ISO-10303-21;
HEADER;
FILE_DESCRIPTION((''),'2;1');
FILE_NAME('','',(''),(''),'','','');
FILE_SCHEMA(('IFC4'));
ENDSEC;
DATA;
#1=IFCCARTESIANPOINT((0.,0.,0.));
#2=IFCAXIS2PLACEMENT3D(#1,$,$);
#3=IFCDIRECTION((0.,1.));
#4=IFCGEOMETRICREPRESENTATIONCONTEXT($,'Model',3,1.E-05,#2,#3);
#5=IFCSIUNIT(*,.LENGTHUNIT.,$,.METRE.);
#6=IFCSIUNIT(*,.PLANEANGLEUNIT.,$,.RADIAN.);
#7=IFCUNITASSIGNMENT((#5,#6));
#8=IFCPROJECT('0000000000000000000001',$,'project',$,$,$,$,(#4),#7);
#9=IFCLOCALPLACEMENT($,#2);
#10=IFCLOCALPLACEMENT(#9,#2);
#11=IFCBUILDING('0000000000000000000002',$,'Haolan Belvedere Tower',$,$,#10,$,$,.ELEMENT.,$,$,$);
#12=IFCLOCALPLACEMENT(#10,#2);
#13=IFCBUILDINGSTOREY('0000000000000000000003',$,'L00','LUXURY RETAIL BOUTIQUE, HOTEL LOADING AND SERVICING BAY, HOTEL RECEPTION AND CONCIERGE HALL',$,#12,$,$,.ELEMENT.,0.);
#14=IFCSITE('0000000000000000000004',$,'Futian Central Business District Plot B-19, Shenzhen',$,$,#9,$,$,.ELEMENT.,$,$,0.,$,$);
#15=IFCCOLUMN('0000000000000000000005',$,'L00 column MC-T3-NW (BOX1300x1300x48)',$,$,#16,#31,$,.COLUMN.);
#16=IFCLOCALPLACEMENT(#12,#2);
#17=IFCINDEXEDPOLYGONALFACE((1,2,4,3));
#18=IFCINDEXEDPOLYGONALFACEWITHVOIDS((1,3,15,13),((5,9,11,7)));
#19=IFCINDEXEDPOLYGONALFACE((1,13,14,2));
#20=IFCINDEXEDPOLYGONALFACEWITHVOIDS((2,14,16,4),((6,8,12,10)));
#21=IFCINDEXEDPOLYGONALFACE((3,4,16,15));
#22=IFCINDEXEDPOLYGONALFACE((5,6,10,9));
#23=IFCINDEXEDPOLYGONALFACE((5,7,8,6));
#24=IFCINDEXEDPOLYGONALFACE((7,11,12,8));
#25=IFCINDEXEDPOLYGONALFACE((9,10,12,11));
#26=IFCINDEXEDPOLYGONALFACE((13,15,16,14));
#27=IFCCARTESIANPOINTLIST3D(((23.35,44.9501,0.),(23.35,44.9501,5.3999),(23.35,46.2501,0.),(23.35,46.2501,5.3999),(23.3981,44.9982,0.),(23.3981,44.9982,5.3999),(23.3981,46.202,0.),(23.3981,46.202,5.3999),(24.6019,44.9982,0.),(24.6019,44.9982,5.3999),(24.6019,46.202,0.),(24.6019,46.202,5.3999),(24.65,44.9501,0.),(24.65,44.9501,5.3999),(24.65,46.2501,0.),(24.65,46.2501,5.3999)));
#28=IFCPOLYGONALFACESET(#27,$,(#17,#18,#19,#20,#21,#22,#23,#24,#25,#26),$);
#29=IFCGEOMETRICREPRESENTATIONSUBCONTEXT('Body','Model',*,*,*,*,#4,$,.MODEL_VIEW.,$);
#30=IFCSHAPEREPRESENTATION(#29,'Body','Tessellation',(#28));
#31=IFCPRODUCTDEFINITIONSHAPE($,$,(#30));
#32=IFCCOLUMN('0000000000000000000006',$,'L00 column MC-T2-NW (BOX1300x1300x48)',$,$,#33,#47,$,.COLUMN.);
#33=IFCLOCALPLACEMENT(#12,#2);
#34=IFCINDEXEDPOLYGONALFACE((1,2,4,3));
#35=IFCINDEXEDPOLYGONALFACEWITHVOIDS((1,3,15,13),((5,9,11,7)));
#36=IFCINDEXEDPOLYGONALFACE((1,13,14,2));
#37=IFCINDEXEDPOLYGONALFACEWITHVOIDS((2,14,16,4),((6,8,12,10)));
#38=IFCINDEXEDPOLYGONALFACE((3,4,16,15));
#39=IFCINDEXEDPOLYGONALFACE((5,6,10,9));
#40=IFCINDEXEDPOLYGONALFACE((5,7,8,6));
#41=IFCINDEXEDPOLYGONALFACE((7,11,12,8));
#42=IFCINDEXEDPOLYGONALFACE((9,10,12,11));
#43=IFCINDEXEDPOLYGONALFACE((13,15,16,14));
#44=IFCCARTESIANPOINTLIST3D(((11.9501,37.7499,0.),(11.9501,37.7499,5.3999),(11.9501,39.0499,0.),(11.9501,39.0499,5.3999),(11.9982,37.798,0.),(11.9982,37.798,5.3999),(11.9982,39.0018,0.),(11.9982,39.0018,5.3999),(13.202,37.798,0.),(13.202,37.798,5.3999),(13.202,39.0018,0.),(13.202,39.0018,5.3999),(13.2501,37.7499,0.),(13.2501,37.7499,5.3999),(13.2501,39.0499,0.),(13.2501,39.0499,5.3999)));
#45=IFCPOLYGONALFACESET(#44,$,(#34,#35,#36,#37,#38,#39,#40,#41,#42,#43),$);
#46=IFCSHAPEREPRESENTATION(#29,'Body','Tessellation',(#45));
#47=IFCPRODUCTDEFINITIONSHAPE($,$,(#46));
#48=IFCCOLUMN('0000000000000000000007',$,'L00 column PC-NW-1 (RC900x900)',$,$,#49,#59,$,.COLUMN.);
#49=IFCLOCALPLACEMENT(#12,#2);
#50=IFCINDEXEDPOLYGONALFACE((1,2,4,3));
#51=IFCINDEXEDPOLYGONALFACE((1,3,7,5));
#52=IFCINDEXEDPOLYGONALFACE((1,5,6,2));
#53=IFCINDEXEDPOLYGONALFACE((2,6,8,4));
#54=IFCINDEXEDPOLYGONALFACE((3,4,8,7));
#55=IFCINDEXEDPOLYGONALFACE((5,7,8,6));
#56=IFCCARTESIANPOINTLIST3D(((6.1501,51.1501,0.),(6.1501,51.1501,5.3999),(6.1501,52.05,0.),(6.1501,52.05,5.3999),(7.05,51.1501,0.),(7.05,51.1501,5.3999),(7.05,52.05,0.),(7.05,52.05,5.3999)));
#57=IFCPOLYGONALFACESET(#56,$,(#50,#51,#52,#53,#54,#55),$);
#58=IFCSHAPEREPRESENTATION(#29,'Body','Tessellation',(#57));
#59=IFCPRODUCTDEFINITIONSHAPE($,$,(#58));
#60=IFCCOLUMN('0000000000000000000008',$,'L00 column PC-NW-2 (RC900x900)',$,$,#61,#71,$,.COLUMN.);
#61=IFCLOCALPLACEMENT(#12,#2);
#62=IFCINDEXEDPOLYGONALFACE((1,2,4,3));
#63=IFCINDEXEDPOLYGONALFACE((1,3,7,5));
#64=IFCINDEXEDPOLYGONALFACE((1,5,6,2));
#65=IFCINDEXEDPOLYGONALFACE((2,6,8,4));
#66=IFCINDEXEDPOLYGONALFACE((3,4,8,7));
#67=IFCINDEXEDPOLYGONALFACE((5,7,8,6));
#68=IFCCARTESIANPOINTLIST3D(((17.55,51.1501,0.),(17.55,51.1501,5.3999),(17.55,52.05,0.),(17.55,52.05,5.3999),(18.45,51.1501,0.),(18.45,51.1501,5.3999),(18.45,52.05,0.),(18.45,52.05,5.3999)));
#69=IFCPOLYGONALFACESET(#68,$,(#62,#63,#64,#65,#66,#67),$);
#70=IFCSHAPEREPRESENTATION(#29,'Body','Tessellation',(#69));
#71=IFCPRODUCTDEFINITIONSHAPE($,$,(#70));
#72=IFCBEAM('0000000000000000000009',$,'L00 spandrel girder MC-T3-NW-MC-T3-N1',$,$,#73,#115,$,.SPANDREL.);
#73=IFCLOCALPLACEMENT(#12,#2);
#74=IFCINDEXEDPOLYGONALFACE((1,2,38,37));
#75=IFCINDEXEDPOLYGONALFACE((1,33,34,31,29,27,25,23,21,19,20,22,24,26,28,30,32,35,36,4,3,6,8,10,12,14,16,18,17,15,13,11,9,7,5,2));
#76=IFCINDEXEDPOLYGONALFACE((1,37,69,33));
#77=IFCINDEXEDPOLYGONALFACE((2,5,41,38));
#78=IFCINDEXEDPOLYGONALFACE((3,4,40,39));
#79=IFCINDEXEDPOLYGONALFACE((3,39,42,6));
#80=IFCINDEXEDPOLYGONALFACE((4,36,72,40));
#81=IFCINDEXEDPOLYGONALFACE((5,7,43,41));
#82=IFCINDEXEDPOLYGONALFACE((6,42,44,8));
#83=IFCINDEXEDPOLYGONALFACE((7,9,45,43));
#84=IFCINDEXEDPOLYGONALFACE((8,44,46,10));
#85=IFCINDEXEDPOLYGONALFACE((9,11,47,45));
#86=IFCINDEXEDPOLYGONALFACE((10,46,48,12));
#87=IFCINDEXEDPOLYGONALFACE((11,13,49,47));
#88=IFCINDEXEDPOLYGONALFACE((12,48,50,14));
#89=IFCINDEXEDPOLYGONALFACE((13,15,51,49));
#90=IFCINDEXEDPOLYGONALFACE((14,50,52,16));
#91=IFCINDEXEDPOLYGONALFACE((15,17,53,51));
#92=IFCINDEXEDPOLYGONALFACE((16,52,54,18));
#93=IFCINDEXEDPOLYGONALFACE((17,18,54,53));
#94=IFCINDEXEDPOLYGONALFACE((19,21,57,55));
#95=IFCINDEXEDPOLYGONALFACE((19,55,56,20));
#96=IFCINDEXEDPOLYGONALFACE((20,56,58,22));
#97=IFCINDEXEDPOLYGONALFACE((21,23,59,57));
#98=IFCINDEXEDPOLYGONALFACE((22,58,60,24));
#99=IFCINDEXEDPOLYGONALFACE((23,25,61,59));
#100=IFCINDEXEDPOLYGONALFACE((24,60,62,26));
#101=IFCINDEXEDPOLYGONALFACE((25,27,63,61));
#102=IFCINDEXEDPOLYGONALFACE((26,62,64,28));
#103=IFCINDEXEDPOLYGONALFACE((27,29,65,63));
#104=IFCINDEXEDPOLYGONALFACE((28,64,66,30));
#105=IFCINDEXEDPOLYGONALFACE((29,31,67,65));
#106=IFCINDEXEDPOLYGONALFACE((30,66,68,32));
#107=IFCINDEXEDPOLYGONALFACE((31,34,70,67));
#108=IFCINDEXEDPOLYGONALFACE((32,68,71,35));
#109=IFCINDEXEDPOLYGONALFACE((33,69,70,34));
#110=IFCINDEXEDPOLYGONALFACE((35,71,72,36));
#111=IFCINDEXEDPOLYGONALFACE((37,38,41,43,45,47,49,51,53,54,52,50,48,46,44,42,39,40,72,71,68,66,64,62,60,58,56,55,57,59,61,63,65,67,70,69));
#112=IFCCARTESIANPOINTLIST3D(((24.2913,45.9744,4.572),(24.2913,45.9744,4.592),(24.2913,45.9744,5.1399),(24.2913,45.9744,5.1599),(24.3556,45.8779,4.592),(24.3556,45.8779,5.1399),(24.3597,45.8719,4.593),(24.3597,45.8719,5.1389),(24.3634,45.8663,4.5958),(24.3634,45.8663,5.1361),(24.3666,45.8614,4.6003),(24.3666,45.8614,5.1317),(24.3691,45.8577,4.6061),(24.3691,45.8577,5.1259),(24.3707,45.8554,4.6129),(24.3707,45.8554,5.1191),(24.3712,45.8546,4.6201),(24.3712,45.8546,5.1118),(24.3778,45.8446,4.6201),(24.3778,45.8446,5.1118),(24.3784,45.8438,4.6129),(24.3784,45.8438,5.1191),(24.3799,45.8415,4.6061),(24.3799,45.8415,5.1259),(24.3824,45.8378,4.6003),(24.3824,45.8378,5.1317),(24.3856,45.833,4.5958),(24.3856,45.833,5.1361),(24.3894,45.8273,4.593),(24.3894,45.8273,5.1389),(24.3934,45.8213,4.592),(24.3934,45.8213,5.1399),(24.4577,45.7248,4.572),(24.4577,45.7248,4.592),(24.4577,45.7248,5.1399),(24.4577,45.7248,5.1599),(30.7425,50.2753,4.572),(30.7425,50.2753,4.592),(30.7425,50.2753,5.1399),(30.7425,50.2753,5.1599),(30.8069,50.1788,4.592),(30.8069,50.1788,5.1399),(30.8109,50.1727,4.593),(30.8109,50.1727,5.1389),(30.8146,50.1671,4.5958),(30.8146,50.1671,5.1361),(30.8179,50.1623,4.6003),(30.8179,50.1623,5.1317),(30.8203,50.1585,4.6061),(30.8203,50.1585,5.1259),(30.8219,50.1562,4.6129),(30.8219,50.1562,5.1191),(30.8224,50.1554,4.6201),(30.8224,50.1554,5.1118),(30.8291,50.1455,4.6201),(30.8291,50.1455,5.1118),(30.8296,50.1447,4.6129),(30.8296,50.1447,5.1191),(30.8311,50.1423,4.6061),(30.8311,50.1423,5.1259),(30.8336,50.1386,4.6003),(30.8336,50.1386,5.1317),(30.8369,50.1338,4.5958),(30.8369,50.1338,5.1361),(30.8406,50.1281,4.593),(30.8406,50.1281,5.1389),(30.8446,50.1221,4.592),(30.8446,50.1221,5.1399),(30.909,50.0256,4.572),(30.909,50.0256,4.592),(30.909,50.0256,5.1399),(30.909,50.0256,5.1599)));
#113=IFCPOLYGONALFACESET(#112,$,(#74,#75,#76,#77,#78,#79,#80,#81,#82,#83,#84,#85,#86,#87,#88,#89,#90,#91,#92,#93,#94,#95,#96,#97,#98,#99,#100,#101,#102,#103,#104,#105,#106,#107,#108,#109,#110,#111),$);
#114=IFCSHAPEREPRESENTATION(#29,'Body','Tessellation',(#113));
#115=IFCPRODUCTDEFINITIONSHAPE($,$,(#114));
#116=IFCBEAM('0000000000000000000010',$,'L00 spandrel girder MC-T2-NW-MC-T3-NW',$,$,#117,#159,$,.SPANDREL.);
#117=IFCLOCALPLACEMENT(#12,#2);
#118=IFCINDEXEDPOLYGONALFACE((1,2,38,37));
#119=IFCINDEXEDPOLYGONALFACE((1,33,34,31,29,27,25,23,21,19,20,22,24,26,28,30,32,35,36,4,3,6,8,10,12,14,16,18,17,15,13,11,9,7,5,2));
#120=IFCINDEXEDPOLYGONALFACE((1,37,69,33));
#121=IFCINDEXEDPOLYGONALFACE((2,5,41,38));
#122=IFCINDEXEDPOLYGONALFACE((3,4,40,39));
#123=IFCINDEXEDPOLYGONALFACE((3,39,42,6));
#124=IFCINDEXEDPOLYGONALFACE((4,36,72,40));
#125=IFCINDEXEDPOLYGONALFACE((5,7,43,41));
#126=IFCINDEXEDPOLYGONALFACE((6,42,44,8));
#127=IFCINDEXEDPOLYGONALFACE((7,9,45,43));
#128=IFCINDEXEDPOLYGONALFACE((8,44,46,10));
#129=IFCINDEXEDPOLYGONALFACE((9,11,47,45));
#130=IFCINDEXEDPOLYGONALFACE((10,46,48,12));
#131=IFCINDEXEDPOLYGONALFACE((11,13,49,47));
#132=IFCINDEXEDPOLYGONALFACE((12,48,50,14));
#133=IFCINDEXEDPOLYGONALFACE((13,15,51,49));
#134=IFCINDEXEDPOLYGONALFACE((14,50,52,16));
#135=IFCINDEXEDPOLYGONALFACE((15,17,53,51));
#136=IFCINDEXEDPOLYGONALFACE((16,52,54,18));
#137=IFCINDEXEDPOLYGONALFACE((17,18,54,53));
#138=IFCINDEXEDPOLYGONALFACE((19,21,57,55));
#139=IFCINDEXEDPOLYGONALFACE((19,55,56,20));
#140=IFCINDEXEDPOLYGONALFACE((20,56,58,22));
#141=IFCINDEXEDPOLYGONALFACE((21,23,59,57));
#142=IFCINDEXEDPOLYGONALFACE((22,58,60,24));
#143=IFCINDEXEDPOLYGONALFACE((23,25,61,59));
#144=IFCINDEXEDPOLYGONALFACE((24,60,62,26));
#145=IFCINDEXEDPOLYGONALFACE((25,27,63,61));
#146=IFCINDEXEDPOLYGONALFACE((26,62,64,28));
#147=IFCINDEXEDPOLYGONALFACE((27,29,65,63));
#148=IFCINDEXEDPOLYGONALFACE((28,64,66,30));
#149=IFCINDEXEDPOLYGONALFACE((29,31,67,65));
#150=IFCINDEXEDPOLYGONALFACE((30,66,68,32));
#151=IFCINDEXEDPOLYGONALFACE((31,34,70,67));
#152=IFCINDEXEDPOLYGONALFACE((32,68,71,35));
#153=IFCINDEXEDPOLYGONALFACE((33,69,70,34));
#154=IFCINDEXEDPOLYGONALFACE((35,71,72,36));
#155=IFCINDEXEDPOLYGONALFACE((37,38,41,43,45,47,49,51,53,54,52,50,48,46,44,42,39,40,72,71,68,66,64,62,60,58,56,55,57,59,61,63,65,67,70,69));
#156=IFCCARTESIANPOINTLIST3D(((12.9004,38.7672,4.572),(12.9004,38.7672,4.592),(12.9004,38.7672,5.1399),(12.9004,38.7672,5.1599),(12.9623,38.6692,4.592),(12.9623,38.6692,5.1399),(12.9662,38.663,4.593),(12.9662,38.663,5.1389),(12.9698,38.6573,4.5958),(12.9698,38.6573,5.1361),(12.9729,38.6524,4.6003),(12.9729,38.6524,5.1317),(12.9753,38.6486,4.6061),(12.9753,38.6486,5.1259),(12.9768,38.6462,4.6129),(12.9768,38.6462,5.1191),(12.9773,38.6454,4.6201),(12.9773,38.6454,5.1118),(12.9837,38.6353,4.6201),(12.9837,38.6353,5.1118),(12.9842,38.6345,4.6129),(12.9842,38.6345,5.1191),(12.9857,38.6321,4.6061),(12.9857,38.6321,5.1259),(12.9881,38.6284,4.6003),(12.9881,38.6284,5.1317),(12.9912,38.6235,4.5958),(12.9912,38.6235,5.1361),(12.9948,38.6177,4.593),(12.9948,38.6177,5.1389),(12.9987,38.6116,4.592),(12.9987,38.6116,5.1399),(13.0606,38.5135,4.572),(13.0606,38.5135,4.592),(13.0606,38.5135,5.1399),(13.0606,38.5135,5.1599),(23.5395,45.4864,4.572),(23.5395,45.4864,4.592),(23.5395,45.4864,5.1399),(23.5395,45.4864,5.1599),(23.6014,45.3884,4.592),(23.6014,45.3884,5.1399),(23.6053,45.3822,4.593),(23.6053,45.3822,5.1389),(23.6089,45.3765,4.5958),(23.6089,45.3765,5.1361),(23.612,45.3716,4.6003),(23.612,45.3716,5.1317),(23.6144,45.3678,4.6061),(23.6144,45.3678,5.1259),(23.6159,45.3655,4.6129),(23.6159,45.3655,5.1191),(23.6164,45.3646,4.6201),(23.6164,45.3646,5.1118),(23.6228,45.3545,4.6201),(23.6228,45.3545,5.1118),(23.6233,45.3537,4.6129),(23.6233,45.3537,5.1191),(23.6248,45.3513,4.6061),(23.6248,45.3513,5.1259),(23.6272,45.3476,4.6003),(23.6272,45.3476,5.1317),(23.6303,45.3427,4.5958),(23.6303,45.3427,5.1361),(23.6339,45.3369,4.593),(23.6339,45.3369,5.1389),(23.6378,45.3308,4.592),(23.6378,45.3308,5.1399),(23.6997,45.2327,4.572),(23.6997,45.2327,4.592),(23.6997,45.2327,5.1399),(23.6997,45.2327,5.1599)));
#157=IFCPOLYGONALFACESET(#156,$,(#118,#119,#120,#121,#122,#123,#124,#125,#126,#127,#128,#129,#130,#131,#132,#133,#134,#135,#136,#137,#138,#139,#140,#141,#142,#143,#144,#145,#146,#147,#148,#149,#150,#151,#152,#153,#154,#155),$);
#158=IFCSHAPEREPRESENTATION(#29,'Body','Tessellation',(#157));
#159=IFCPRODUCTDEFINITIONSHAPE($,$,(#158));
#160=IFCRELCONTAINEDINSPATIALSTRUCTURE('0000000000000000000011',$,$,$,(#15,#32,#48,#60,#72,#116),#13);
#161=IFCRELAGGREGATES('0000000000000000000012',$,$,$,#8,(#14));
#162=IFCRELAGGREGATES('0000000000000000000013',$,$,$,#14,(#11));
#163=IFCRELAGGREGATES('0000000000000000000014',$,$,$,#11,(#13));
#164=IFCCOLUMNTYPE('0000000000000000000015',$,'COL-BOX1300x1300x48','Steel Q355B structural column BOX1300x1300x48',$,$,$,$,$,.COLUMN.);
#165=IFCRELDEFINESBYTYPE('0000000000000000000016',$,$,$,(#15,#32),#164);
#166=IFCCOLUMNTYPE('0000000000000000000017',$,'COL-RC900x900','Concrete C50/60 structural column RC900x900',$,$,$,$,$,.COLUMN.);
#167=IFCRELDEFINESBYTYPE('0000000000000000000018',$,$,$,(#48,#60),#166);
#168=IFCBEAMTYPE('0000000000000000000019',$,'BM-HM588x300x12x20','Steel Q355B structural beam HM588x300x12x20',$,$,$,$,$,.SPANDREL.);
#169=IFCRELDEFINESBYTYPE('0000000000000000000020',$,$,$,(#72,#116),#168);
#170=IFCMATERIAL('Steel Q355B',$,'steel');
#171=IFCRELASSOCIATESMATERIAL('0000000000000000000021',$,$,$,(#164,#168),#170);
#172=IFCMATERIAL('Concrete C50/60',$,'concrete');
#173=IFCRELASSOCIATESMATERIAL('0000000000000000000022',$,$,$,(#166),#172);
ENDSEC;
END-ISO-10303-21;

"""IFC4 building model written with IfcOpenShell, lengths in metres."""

from ifc_helpers import new_model, si_unit, direction, frame, origin, origin_2d, place, context, subcontext, project, spatial, rectangle, hollow_rectangle, i_section, extrude, material, material_profile, profile_set, type_object, element, save


model = new_model("IFC4")

# Units and contexts
model_context = context("Model", 3, precision=1e-05, world=origin(), true_north=direction((0.0, 1.0)))
body_context = subcontext(model_context, "Body", "Model", "MODEL_VIEW")
ifc_project = project(units=[si_unit("LENGTHUNIT", "METRE"), si_unit("PLANEANGLEUNIT", "RADIAN")], contexts=[model_context])

# Site, building, storey
site_placement = place(None, origin())
site = spatial("IfcSite", under=ifc_project, at=site_placement, Name="Futian Central Business District Plot B-19, Shenzhen", CompositionType="ELEMENT", RefElevation=0.0)
building_placement = place(site_placement, origin())
building = spatial("IfcBuilding", under=site, at=building_placement, Name="Haolan Belvedere Tower", CompositionType="ELEMENT")
storey_placement = place(building_placement, origin())
storey = spatial("IfcBuildingStorey", under=building, at=storey_placement, Name="L00", Description="LUXURY RETAIL BOUTIQUE, HOTEL LOADING AND SERVICING BAY, HOTEL RECEPTION AND CONCIERGE HALL", CompositionType="ELEMENT", Elevation=0.0)

# Columns
ifc_material_1 = material(Name="Steel Q355B", Category="steel")
ifc_material_profile_1 = material_profile(ifc_material_1, hollow_rectangle(XDim=1.3, YDim=1.3, WallThickness=0.0481, at=origin_2d()), Name="Steel Q355B")
ifc_profile_set_1 = profile_set([ifc_material_profile_1], Name="Steel Q355B")
column_type_1 = type_object("IfcColumnType", Name="COL-BOX1300x1300x48", Description="Steel Q355B structural column BOX1300x1300x48", PredefinedType="COLUMN", material=ifc_profile_set_1)
for number, where, z_axis, x_axis, name in (
    (1, (24.0, 45.6001, 0.0), (0.0, 0.0, 1.0), (1.0, 0.0, 0.0), "L00 column MC-T3-NW (BOX1300x1300x48)"),
    (2, (12.6001, 38.3999, 0.0), (0.0, 0.0, 1.0), (1.0, 0.0, 0.0), "L00 column MC-T2-NW (BOX1300x1300x48)"),
):
    element("IfcColumn", number, at=place(storey_placement, frame(where, z_axis=z_axis, x_axis=x_axis)), inside=storey, type_object=column_type_1, Name=name, PredefinedType="COLUMN", context=body_context, shape_type="SweptSolid", body=[
        extrude(hollow_rectangle(XDim=1.3, YDim=1.3, WallThickness=0.0481, at=origin_2d()), origin(), (0.0, 0.0, 1.0), 5.3999),
    ])
ifc_material_2 = material(Name="Concrete C50/60", Category="concrete")
ifc_material_profile_2 = material_profile(ifc_material_2, rectangle(XDim=0.8999, YDim=0.8999, at=origin_2d()), Name="Concrete C50/60")
ifc_profile_set_2 = profile_set([ifc_material_profile_2], Name="Concrete C50/60")
column_type_2 = type_object("IfcColumnType", Name="COL-RC900x900", Description="Concrete C50/60 structural column RC900x900", PredefinedType="COLUMN", material=ifc_profile_set_2)
for number, where, z_axis, x_axis, name in (
    (3, (6.6001, 51.6001, 0.0), (0.0, 0.0, 1.0), (1.0, 0.0, 0.0), "L00 column PC-NW-1 (RC900x900)"),
    (4, (18.0, 51.6001, 0.0), (0.0, 0.0, 1.0), (1.0, 0.0, 0.0), "L00 column PC-NW-2 (RC900x900)"),
):
    element("IfcColumn", number, at=place(storey_placement, frame(where, z_axis=z_axis, x_axis=x_axis)), inside=storey, type_object=column_type_2, Name=name, PredefinedType="COLUMN", context=body_context, shape_type="SweptSolid", body=[
        extrude(rectangle(XDim=0.8999, YDim=0.8999, at=origin_2d()), origin(), (0.0, 0.0, 1.0), 5.3999),
    ])

# Beams
ifc_material_profile_3 = material_profile(ifc_material_1, i_section(OverallWidth=0.3, OverallDepth=0.5879, WebThickness=0.012, FlangeThickness=0.02, FilletRadius=0.0281, at=origin_2d()), Name="Steel Q355B")
ifc_profile_set_3 = profile_set([ifc_material_profile_3], Name="Steel Q355B")
beam_type = type_object("IfcBeamType", Name="BM-HM588x300x12x20", Description="Steel Q355B structural beam HM588x300x12x20", PredefinedType="SPANDREL", material=ifc_profile_set_3)
beam_1_placement = place(storey_placement, frame((24.3745, 45.8496, 4.866), z_axis=(0.83205, 0.5547, 0.0), x_axis=(-0.5547, 0.83205, 0.0)))
element("IfcBeam", 5, at=beam_1_placement, inside=storey, type_object=beam_type, Name="L00 spandrel girder MC-T3-NW-MC-T3-N1", PredefinedType="SPANDREL", context=body_context, shape_type="SweptSolid", body=[
    extrude(i_section(OverallWidth=0.3, OverallDepth=0.5879, WebThickness=0.012, FlangeThickness=0.02, FilletRadius=0.0281, at=origin_2d()), origin(), (0.0, 0.0, 1.0), 7.7534),
])
beam_2_placement = place(storey_placement, frame((12.9805, 38.6404, 4.866), z_axis=(0.845497, 0.53398, 0.0), x_axis=(-0.53398, 0.845497, 0.0)))
element("IfcBeam", 6, at=beam_2_placement, inside=storey, type_object=beam_type, Name="L00 spandrel girder MC-T2-NW-MC-T3-NW", PredefinedType="SPANDREL", context=body_context, shape_type="SweptSolid", body=[
    extrude(i_section(OverallWidth=0.3, OverallDepth=0.5879, WebThickness=0.012, FlangeThickness=0.02, FilletRadius=0.0281, at=origin_2d()), origin(), (0.0, 0.0, 1.0), 12.5833),
])

save(model, "model.ifc")
